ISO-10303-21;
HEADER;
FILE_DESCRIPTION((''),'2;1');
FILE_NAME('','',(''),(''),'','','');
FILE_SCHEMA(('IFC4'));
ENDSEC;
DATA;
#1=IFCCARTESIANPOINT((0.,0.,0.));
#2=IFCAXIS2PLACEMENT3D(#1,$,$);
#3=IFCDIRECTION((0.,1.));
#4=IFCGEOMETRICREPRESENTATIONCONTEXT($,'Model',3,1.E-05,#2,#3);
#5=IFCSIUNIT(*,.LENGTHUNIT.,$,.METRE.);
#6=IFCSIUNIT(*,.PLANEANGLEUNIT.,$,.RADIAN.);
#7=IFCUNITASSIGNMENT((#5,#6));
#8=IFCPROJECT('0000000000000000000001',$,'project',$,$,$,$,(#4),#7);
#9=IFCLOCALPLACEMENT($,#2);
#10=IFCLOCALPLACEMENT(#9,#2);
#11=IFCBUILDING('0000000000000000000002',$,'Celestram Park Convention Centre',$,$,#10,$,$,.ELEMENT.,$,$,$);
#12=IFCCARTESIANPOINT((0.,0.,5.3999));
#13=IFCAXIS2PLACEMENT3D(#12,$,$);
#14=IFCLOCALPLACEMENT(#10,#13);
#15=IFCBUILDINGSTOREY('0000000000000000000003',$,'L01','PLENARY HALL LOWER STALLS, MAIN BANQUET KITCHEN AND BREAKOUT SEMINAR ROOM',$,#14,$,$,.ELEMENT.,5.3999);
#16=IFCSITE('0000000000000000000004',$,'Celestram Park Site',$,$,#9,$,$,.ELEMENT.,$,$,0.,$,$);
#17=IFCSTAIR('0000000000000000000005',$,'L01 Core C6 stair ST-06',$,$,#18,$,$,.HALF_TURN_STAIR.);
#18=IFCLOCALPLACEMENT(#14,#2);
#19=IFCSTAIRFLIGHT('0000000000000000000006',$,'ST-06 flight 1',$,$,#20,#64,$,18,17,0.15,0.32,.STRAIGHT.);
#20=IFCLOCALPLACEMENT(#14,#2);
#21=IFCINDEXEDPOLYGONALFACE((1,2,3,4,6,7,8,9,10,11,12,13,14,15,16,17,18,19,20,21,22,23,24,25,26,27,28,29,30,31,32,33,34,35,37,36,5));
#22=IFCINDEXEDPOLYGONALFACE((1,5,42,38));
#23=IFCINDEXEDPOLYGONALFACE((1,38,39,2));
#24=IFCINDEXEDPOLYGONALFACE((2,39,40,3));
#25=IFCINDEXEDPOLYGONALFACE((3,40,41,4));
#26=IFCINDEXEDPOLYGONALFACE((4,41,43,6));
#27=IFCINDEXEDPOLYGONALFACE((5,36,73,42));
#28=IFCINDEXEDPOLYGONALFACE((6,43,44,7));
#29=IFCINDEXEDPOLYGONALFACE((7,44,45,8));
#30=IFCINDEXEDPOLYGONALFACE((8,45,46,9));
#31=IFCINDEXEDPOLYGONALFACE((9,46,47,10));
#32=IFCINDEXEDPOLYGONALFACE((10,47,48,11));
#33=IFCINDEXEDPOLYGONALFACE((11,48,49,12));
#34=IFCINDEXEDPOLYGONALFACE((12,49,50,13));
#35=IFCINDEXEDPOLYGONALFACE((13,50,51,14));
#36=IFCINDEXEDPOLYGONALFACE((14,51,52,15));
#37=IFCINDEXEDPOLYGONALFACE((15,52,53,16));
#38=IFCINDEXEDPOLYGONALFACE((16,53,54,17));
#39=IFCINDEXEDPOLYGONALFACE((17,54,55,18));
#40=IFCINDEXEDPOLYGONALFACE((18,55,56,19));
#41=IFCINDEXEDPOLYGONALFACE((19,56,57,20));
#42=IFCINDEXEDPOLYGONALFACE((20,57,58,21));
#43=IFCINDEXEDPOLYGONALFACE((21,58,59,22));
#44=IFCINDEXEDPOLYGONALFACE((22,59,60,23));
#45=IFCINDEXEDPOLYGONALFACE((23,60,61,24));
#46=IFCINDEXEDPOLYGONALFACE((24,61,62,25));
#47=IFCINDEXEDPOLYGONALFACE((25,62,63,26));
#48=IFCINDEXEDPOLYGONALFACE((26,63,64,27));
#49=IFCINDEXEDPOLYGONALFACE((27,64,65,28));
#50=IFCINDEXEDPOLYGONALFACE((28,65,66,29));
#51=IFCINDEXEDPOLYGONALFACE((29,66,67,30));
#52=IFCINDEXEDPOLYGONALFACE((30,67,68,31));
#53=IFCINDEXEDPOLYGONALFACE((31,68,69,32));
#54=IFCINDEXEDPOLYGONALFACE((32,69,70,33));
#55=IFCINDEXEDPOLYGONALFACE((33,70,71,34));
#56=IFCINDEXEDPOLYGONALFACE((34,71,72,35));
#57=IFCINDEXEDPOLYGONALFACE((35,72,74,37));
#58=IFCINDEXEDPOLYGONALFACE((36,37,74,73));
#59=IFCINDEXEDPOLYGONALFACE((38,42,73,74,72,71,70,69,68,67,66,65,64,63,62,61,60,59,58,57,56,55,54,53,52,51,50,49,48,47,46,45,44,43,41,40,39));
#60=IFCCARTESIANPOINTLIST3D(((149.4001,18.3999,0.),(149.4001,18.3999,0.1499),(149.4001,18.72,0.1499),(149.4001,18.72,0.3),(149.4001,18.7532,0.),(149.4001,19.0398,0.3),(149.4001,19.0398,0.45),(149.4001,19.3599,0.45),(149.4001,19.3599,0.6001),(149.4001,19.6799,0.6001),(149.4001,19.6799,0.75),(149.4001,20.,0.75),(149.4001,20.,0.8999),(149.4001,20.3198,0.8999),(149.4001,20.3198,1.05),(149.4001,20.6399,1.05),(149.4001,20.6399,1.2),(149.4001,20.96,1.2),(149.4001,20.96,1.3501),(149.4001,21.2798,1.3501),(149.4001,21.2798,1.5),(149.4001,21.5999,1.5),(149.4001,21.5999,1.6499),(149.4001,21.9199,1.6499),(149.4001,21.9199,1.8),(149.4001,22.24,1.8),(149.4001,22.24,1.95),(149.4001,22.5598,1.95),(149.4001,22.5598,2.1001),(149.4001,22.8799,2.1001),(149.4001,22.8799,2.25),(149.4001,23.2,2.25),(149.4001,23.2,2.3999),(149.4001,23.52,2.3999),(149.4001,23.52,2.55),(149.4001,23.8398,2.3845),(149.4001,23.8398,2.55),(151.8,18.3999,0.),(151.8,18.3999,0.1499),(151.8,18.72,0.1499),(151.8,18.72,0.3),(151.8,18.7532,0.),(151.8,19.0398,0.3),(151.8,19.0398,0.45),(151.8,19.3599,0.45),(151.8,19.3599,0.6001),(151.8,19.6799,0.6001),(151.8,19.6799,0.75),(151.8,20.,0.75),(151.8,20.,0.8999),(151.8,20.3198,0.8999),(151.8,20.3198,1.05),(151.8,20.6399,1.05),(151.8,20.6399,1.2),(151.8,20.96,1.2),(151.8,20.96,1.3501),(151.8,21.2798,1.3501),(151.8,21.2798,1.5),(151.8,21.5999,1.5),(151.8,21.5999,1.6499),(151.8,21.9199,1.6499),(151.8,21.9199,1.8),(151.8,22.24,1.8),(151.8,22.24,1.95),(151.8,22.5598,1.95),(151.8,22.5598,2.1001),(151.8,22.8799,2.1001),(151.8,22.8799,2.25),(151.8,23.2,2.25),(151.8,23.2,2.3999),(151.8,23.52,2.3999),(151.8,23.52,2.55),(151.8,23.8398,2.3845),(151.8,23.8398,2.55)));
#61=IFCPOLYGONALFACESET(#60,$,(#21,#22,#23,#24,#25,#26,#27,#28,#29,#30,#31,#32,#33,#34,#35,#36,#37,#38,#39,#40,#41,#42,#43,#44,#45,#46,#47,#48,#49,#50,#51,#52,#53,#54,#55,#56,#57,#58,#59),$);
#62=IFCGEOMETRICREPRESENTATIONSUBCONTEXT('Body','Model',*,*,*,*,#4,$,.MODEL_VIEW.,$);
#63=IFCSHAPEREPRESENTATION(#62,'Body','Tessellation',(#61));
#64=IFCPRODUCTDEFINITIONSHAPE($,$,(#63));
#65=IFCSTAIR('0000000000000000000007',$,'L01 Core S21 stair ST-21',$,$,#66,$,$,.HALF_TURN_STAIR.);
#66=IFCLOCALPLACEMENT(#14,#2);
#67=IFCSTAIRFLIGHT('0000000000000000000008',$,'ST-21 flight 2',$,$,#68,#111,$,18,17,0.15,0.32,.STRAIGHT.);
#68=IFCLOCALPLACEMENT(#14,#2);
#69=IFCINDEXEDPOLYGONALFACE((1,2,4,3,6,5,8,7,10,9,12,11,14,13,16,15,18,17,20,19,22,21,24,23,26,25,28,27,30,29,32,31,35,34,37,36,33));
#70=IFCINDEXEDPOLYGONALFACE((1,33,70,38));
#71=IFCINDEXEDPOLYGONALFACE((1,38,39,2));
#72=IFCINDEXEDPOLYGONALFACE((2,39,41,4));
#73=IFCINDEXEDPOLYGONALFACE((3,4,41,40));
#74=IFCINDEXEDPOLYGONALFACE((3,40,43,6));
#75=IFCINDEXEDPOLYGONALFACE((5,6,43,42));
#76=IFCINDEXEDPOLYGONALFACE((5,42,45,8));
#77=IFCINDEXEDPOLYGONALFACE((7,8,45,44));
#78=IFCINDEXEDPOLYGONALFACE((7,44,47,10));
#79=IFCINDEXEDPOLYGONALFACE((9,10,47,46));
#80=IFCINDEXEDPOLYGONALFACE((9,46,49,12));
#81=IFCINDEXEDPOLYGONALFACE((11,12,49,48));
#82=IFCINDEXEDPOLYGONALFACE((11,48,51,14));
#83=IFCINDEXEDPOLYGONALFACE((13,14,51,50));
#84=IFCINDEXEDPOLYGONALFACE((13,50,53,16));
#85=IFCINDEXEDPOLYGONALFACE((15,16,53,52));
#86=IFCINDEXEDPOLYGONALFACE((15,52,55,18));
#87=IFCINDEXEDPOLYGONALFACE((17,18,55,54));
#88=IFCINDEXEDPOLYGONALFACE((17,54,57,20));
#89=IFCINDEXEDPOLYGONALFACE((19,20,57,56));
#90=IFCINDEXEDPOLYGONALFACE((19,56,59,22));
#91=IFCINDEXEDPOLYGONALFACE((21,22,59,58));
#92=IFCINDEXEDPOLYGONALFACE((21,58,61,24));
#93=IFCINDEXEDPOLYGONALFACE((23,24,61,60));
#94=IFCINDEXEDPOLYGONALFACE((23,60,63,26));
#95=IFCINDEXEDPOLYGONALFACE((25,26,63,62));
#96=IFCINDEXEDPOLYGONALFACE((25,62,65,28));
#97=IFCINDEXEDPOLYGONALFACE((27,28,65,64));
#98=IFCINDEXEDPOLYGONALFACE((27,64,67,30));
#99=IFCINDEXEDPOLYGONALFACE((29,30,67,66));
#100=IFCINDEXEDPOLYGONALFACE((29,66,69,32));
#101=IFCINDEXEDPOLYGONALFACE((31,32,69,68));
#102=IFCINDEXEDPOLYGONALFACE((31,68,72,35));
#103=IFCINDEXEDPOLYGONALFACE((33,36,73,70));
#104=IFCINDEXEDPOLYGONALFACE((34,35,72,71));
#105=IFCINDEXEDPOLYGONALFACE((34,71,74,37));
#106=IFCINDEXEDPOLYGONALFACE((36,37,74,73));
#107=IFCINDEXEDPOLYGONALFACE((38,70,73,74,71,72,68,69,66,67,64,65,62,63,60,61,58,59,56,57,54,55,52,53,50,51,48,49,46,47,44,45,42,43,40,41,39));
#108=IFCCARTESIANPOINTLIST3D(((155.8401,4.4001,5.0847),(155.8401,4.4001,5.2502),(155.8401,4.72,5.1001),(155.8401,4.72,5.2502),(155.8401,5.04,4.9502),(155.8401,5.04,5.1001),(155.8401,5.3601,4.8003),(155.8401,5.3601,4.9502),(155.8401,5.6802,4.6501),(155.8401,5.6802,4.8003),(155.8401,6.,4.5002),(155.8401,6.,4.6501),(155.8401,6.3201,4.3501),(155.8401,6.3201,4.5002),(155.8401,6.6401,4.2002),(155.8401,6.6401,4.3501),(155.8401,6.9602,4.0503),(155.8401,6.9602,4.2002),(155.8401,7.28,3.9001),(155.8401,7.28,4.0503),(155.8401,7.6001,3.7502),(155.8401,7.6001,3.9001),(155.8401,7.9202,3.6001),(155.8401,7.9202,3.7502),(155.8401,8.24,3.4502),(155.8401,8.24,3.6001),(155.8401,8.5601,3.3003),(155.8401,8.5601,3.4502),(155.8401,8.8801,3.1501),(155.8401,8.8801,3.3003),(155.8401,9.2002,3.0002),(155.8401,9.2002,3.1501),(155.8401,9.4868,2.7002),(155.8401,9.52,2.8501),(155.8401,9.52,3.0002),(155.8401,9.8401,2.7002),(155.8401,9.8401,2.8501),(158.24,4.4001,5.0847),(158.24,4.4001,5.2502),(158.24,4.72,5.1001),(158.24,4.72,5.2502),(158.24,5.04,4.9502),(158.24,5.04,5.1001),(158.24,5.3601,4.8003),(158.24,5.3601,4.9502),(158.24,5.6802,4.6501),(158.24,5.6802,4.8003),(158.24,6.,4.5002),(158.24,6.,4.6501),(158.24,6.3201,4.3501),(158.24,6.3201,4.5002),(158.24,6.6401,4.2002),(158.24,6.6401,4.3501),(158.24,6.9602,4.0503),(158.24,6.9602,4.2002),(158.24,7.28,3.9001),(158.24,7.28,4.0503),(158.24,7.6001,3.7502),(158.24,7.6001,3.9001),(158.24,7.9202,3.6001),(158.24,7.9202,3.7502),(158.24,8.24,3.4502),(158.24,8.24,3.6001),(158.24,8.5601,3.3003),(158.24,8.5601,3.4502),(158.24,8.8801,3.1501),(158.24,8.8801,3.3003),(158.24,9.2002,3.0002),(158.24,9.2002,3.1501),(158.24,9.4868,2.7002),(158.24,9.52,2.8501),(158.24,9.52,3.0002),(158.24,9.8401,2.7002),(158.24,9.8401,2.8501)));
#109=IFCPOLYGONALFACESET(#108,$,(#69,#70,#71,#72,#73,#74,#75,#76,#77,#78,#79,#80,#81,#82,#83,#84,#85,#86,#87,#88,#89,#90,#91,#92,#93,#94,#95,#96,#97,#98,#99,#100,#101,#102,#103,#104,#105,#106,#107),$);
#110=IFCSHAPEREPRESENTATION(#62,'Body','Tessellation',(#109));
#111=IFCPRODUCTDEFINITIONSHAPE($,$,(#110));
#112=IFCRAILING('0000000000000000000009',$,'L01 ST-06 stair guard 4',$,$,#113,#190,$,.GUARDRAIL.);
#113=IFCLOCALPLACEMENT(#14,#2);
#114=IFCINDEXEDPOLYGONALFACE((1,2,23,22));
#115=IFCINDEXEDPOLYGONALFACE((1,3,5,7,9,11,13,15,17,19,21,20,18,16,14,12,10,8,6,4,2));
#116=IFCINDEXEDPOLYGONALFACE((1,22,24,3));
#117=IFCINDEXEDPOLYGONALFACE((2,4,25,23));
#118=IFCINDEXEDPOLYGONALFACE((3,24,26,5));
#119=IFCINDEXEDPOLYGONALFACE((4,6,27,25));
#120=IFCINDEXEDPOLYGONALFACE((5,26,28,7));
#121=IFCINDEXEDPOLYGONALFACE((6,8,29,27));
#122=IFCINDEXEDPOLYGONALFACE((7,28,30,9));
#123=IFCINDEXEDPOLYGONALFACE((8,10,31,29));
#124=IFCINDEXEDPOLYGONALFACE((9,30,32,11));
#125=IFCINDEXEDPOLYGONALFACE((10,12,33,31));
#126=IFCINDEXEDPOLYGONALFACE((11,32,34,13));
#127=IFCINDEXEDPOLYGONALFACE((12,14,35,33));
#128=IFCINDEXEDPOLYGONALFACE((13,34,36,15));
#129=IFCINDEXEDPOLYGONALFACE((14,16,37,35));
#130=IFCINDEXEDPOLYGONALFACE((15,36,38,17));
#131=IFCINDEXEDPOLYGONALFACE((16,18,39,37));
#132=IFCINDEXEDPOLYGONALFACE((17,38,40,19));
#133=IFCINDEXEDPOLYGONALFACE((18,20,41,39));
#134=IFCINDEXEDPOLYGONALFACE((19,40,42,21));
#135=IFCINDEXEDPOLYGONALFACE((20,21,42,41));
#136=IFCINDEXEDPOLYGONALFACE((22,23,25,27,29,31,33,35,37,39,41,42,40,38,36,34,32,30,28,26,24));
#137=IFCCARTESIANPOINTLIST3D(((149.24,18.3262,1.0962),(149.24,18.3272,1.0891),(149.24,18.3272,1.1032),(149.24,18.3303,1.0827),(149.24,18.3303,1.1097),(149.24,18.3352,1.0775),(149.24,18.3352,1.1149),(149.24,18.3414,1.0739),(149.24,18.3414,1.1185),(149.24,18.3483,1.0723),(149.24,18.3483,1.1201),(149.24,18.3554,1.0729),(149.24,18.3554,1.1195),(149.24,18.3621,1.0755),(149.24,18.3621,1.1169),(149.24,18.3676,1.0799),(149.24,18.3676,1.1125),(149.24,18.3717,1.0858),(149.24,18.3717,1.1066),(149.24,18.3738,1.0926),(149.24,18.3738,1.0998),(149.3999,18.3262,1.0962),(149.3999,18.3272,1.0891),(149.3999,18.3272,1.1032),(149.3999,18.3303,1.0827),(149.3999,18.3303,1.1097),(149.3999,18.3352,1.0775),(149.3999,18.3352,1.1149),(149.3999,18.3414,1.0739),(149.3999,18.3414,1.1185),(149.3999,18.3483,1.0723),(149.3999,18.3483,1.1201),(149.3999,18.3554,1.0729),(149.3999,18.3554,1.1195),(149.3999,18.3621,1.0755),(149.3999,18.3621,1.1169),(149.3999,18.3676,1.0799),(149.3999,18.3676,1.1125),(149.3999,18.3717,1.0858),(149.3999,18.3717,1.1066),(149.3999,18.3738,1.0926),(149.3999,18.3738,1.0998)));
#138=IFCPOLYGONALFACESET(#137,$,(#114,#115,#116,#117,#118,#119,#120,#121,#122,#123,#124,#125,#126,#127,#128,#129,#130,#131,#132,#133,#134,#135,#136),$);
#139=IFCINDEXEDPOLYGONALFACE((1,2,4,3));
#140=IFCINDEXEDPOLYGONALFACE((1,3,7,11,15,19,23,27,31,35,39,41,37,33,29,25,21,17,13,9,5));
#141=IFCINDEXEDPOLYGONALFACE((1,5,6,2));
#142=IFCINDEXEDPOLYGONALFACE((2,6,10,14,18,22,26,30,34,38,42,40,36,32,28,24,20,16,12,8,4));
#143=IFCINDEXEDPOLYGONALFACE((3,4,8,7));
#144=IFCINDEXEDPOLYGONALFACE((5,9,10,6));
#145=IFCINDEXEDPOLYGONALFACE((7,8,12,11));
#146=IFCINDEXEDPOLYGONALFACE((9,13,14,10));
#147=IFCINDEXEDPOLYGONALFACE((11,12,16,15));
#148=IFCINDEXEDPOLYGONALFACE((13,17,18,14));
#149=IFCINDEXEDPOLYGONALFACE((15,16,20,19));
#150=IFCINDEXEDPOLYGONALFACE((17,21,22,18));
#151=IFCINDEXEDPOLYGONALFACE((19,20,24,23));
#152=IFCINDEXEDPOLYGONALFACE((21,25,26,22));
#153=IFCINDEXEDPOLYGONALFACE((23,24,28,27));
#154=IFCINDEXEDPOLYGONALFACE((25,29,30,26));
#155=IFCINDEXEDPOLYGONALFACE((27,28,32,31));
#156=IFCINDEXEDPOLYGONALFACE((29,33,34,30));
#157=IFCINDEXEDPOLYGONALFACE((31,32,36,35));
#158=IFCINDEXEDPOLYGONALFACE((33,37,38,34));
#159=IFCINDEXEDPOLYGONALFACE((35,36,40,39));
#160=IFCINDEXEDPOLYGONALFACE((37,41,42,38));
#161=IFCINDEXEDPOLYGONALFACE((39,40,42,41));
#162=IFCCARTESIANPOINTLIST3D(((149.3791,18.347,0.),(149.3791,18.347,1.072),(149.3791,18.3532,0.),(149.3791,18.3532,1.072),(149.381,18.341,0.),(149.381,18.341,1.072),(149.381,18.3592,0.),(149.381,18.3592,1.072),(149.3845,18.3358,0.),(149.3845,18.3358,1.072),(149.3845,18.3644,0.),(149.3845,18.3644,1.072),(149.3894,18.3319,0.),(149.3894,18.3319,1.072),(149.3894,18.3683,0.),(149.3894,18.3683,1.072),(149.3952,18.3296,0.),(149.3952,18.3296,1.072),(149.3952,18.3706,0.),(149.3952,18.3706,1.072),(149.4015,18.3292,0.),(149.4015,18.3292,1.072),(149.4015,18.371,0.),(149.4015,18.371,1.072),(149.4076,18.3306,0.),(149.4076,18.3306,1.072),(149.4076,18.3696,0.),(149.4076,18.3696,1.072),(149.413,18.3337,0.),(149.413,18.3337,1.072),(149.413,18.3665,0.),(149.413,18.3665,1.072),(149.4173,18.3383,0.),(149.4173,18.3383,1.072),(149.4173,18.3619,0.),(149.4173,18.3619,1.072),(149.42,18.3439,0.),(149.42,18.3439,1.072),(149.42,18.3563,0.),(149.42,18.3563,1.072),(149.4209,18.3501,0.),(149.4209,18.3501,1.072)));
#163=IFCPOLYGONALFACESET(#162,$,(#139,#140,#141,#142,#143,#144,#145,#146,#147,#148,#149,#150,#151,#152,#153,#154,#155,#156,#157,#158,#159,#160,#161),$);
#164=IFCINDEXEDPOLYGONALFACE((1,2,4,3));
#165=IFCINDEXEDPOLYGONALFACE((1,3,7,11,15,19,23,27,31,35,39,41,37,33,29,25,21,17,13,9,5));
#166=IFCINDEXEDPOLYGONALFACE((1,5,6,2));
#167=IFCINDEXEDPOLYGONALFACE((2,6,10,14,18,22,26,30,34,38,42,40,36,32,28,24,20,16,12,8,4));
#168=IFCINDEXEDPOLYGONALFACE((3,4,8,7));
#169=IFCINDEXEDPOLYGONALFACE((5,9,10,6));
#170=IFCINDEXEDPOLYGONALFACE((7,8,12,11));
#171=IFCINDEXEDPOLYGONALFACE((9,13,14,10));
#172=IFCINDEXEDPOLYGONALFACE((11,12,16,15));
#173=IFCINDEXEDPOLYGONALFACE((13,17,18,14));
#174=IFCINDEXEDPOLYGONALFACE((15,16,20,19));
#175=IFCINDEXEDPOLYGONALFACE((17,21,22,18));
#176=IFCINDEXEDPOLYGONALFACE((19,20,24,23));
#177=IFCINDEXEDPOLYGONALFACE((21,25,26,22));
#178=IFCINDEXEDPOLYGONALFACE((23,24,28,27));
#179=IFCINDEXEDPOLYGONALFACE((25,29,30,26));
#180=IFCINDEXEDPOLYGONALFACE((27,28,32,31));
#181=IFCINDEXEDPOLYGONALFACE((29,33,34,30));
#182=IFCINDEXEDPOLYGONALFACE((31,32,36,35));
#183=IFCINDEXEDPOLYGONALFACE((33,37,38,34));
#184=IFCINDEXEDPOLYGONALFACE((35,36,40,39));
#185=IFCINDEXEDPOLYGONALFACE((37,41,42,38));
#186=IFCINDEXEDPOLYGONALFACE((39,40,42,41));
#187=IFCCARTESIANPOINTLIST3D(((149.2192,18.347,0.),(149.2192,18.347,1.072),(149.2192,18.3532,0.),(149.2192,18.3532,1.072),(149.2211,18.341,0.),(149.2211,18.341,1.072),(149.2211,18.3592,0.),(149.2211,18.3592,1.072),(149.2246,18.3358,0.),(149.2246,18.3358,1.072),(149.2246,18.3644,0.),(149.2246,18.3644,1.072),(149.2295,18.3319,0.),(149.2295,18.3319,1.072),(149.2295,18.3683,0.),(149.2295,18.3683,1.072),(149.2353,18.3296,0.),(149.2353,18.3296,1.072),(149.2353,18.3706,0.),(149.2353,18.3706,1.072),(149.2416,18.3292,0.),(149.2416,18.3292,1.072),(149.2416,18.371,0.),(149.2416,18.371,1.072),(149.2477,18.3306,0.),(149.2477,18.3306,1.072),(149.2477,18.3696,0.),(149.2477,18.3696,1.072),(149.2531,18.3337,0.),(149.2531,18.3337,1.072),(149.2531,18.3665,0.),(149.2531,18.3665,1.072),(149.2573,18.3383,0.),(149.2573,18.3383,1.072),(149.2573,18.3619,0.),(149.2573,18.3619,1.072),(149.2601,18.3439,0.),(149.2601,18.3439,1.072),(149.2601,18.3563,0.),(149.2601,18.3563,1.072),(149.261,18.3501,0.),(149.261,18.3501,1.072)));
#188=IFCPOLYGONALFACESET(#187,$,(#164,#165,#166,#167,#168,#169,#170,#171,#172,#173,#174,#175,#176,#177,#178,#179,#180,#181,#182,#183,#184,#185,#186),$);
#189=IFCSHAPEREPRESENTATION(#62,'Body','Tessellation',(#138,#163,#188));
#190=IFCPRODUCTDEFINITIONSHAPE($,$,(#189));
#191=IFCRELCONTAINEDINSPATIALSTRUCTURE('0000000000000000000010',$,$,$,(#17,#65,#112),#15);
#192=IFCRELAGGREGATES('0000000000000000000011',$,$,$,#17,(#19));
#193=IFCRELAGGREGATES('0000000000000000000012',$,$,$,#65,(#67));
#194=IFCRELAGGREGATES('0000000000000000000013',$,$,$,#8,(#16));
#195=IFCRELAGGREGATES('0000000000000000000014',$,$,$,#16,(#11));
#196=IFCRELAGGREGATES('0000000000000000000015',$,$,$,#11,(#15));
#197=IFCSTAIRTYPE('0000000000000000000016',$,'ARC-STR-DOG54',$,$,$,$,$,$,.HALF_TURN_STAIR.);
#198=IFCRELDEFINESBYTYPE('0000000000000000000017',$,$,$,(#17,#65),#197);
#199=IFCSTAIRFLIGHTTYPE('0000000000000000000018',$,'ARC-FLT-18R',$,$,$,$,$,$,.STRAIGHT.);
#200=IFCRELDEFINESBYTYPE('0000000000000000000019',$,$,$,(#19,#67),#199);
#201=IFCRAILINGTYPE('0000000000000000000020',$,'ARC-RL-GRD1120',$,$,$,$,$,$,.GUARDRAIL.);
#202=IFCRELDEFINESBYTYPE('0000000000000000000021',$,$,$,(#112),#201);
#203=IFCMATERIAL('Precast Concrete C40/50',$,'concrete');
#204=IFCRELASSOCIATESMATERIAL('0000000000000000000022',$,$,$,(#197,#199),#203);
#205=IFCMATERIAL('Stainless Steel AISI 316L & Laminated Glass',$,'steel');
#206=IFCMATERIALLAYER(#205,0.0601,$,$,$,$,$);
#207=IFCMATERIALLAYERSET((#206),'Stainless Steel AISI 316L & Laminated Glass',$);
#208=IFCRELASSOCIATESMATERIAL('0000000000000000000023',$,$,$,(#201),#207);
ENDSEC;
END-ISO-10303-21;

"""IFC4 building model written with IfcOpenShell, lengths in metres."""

from ifc_helpers import new_model, si_unit, direction, frame, origin, origin_2d, place, context, subcontext, project, spatial, polyline, circle, outline, extrude, material, layer, layer_set, type_object, element, aggregate, save


model = new_model("IFC4")

# Units and contexts
model_context = context("Model", 3, precision=1e-05, world=origin(), true_north=direction((0.0, 1.0)))
body_context = subcontext(model_context, "Body", "Model", "MODEL_VIEW")
ifc_project = project(units=[si_unit("LENGTHUNIT", "METRE"), si_unit("PLANEANGLEUNIT", "RADIAN")], contexts=[model_context])

# Site, building, storey
site_placement = place(None, origin())
site = spatial("IfcSite", under=ifc_project, at=site_placement, Name="Celestram Park Site", CompositionType="ELEMENT", RefElevation=0.0)
building_placement = place(site_placement, origin())
building = spatial("IfcBuilding", under=site, at=building_placement, Name="Celestram Park Convention Centre", CompositionType="ELEMENT")
storey_placement = place(building_placement, frame((0.0, 0.0, 5.3999)))
storey = spatial("IfcBuildingStorey", under=building, at=storey_placement, Name="L01", Description="PLENARY HALL LOWER STALLS, MAIN BANQUET KITCHEN AND BREAKOUT SEMINAR ROOM", CompositionType="ELEMENT", Elevation=5.3999)

# Stairs, stair flights
ifc_material_1 = material(Name="Precast Concrete C40/50", Category="concrete")
stair_type = type_object("IfcStairType", Name="ARC-STR-DOG54", PredefinedType="HALF_TURN_STAIR", material=ifc_material_1)
stair_1_placement = place(storey_placement, origin())
stair_1 = element("IfcStair", 1, at=stair_1_placement, inside=storey, type_object=stair_type, Name="L01 Core C6 stair ST-06", PredefinedType="HALF_TURN_STAIR")
stair_flight_type = type_object("IfcStairFlightType", Name="ARC-FLT-18R", PredefinedType="STRAIGHT", material=ifc_material_1)
stair_flight_1_placement = place(storey_placement, frame((150.6001, 18.3999, 0.0), z_axis=(0.0, 0.0, 1.0), x_axis=(0.0, 1.0, 0.0)))
stair_flight_1 = element("IfcStairFlight", 2, at=stair_flight_1_placement, type_object=stair_flight_type, Name="ST-06 flight 1", NumberOfRisers=18, NumberOfTreads=17, PredefinedType="STRAIGHT", RiserHeight=0.15, TreadLength=0.32, context=body_context, shape_type="SweptSolid", body=[
    extrude(outline(polyline([(0.0, 0.0), (0.0, 0.1499), (0.3201, 0.1499), (0.3201, 0.3), (0.6399, 0.3), (0.6399, 0.45), (0.96, 0.45), (0.96, 0.6001), (1.28, 0.6001), (1.28, 0.75), (1.6001, 0.75), (1.6001, 0.8999), (1.9199, 0.8999), (1.9199, 1.05), (2.24, 1.05), (2.24, 1.2), (2.5601, 1.2), (2.5601, 1.3501), (2.8799, 1.3501), (2.8799, 1.5), (3.2, 1.5), (3.2, 1.6499), (3.52, 1.6499), (3.52, 1.8), (3.8401, 1.8), (3.8401, 1.95), (4.1599, 1.95), (4.1599, 2.1001), (4.48, 2.1001), (4.48, 2.25), (4.8, 2.25), (4.8, 2.3999), (5.1201, 2.3999), (5.1201, 2.55), (5.4399, 2.55), (5.4399, 2.7), (5.4399, 2.3845), (0.3533, 0.0), (0.0, 0.0)])), frame((0.0, 1.2, 0.0), z_axis=(0.0, -1.0, 0.0), x_axis=(1.0, 0.0, 0.0)), (0.0, 0.0, 1.0), 2.3999),
])
aggregate(stair_1, [stair_flight_1])
stair_2_placement = place(storey_placement, origin())
stair_2 = element("IfcStair", 3, at=stair_2_placement, inside=storey, type_object=stair_type, Name="L01 Core S21 stair ST-21", PredefinedType="HALF_TURN_STAIR")
stair_flight_2_placement = place(storey_placement, frame((157.04, 9.8401, 2.7002), z_axis=(0.0, 0.0, 1.0), x_axis=(0.0, -1.0, 0.0)))
stair_flight_2 = element("IfcStairFlight", 4, at=stair_flight_2_placement, type_object=stair_flight_type, Name="ST-21 flight 2", NumberOfRisers=18, NumberOfTreads=17, PredefinedType="STRAIGHT", RiserHeight=0.15, TreadLength=0.32, context=body_context, shape_type="SweptSolid", body=[
    extrude(outline(polyline([(0.0, 0.0), (0.0, 0.1499), (0.3201, 0.1499), (0.3201, 0.3), (0.6399, 0.3), (0.6399, 0.45), (0.96, 0.45), (0.96, 0.6001), (1.28, 0.6001), (1.28, 0.75), (1.6001, 0.75), (1.6001, 0.8999), (1.9199, 0.8999), (1.9199, 1.05), (2.24, 1.05), (2.24, 1.2), (2.5601, 1.2), (2.5601, 1.3501), (2.8799, 1.3501), (2.8799, 1.5), (3.2, 1.5), (3.2, 1.6499), (3.52, 1.6499), (3.52, 1.8), (3.8401, 1.8), (3.8401, 1.95), (4.1599, 1.95), (4.1599, 2.1001), (4.48, 2.1001), (4.48, 2.25), (4.8, 2.25), (4.8, 2.3999), (5.1201, 2.3999), (5.1201, 2.55), (5.4399, 2.55), (5.4399, 2.7), (5.4399, 2.3845), (0.3533, 0.0), (0.0, 0.0)])), frame((0.0, 1.2, 0.0), z_axis=(0.0, -1.0, 0.0), x_axis=(1.0, 0.0, 0.0)), (0.0, 0.0, 1.0), 2.3999),
])
aggregate(stair_2, [stair_flight_2])

# Railing
ifc_material_2 = material(Name="Stainless Steel AISI 316L & Laminated Glass", Category="steel")
ifc_layer_1 = layer(ifc_material_2, 0.0601)
ifc_layer_set_1 = layer_set([ifc_layer_1], Name="Stainless Steel AISI 316L & Laminated Glass")
railing_type_1 = type_object("IfcRailingType", Name="ARC-RL-GRD1120", PredefinedType="GUARDRAIL", material=ifc_layer_set_1)
railing_1_placement = place(storey_placement, frame((149.3999, 18.3501, 0.0)))
element("IfcRailing", 5, at=railing_1_placement, inside=storey, type_object=railing_type_1, Name="L01 ST-06 stair guard 4", PredefinedType="GUARDRAIL", context=body_context, shape_type="SweptSolid", body=[
    extrude(circle(Radius=0.0239, at=origin_2d()), frame((0.0, 0.0, 1.0962), z_axis=(-1.0, 0.0, 0.0), x_axis=(0.0, -1.0, 0.0)), (0.0, 0.0, 1.0), 0.1599),
    extrude(circle(Radius=0.021, at=origin_2d()), origin(), (0.0, 0.0, 1.0), 1.072),
    extrude(circle(Radius=0.021, at=origin_2d()), frame((-0.1599, 0.0, 0.0)), (0.0, 0.0, 1.0), 1.072),
])

save(model, "model.ifc")
